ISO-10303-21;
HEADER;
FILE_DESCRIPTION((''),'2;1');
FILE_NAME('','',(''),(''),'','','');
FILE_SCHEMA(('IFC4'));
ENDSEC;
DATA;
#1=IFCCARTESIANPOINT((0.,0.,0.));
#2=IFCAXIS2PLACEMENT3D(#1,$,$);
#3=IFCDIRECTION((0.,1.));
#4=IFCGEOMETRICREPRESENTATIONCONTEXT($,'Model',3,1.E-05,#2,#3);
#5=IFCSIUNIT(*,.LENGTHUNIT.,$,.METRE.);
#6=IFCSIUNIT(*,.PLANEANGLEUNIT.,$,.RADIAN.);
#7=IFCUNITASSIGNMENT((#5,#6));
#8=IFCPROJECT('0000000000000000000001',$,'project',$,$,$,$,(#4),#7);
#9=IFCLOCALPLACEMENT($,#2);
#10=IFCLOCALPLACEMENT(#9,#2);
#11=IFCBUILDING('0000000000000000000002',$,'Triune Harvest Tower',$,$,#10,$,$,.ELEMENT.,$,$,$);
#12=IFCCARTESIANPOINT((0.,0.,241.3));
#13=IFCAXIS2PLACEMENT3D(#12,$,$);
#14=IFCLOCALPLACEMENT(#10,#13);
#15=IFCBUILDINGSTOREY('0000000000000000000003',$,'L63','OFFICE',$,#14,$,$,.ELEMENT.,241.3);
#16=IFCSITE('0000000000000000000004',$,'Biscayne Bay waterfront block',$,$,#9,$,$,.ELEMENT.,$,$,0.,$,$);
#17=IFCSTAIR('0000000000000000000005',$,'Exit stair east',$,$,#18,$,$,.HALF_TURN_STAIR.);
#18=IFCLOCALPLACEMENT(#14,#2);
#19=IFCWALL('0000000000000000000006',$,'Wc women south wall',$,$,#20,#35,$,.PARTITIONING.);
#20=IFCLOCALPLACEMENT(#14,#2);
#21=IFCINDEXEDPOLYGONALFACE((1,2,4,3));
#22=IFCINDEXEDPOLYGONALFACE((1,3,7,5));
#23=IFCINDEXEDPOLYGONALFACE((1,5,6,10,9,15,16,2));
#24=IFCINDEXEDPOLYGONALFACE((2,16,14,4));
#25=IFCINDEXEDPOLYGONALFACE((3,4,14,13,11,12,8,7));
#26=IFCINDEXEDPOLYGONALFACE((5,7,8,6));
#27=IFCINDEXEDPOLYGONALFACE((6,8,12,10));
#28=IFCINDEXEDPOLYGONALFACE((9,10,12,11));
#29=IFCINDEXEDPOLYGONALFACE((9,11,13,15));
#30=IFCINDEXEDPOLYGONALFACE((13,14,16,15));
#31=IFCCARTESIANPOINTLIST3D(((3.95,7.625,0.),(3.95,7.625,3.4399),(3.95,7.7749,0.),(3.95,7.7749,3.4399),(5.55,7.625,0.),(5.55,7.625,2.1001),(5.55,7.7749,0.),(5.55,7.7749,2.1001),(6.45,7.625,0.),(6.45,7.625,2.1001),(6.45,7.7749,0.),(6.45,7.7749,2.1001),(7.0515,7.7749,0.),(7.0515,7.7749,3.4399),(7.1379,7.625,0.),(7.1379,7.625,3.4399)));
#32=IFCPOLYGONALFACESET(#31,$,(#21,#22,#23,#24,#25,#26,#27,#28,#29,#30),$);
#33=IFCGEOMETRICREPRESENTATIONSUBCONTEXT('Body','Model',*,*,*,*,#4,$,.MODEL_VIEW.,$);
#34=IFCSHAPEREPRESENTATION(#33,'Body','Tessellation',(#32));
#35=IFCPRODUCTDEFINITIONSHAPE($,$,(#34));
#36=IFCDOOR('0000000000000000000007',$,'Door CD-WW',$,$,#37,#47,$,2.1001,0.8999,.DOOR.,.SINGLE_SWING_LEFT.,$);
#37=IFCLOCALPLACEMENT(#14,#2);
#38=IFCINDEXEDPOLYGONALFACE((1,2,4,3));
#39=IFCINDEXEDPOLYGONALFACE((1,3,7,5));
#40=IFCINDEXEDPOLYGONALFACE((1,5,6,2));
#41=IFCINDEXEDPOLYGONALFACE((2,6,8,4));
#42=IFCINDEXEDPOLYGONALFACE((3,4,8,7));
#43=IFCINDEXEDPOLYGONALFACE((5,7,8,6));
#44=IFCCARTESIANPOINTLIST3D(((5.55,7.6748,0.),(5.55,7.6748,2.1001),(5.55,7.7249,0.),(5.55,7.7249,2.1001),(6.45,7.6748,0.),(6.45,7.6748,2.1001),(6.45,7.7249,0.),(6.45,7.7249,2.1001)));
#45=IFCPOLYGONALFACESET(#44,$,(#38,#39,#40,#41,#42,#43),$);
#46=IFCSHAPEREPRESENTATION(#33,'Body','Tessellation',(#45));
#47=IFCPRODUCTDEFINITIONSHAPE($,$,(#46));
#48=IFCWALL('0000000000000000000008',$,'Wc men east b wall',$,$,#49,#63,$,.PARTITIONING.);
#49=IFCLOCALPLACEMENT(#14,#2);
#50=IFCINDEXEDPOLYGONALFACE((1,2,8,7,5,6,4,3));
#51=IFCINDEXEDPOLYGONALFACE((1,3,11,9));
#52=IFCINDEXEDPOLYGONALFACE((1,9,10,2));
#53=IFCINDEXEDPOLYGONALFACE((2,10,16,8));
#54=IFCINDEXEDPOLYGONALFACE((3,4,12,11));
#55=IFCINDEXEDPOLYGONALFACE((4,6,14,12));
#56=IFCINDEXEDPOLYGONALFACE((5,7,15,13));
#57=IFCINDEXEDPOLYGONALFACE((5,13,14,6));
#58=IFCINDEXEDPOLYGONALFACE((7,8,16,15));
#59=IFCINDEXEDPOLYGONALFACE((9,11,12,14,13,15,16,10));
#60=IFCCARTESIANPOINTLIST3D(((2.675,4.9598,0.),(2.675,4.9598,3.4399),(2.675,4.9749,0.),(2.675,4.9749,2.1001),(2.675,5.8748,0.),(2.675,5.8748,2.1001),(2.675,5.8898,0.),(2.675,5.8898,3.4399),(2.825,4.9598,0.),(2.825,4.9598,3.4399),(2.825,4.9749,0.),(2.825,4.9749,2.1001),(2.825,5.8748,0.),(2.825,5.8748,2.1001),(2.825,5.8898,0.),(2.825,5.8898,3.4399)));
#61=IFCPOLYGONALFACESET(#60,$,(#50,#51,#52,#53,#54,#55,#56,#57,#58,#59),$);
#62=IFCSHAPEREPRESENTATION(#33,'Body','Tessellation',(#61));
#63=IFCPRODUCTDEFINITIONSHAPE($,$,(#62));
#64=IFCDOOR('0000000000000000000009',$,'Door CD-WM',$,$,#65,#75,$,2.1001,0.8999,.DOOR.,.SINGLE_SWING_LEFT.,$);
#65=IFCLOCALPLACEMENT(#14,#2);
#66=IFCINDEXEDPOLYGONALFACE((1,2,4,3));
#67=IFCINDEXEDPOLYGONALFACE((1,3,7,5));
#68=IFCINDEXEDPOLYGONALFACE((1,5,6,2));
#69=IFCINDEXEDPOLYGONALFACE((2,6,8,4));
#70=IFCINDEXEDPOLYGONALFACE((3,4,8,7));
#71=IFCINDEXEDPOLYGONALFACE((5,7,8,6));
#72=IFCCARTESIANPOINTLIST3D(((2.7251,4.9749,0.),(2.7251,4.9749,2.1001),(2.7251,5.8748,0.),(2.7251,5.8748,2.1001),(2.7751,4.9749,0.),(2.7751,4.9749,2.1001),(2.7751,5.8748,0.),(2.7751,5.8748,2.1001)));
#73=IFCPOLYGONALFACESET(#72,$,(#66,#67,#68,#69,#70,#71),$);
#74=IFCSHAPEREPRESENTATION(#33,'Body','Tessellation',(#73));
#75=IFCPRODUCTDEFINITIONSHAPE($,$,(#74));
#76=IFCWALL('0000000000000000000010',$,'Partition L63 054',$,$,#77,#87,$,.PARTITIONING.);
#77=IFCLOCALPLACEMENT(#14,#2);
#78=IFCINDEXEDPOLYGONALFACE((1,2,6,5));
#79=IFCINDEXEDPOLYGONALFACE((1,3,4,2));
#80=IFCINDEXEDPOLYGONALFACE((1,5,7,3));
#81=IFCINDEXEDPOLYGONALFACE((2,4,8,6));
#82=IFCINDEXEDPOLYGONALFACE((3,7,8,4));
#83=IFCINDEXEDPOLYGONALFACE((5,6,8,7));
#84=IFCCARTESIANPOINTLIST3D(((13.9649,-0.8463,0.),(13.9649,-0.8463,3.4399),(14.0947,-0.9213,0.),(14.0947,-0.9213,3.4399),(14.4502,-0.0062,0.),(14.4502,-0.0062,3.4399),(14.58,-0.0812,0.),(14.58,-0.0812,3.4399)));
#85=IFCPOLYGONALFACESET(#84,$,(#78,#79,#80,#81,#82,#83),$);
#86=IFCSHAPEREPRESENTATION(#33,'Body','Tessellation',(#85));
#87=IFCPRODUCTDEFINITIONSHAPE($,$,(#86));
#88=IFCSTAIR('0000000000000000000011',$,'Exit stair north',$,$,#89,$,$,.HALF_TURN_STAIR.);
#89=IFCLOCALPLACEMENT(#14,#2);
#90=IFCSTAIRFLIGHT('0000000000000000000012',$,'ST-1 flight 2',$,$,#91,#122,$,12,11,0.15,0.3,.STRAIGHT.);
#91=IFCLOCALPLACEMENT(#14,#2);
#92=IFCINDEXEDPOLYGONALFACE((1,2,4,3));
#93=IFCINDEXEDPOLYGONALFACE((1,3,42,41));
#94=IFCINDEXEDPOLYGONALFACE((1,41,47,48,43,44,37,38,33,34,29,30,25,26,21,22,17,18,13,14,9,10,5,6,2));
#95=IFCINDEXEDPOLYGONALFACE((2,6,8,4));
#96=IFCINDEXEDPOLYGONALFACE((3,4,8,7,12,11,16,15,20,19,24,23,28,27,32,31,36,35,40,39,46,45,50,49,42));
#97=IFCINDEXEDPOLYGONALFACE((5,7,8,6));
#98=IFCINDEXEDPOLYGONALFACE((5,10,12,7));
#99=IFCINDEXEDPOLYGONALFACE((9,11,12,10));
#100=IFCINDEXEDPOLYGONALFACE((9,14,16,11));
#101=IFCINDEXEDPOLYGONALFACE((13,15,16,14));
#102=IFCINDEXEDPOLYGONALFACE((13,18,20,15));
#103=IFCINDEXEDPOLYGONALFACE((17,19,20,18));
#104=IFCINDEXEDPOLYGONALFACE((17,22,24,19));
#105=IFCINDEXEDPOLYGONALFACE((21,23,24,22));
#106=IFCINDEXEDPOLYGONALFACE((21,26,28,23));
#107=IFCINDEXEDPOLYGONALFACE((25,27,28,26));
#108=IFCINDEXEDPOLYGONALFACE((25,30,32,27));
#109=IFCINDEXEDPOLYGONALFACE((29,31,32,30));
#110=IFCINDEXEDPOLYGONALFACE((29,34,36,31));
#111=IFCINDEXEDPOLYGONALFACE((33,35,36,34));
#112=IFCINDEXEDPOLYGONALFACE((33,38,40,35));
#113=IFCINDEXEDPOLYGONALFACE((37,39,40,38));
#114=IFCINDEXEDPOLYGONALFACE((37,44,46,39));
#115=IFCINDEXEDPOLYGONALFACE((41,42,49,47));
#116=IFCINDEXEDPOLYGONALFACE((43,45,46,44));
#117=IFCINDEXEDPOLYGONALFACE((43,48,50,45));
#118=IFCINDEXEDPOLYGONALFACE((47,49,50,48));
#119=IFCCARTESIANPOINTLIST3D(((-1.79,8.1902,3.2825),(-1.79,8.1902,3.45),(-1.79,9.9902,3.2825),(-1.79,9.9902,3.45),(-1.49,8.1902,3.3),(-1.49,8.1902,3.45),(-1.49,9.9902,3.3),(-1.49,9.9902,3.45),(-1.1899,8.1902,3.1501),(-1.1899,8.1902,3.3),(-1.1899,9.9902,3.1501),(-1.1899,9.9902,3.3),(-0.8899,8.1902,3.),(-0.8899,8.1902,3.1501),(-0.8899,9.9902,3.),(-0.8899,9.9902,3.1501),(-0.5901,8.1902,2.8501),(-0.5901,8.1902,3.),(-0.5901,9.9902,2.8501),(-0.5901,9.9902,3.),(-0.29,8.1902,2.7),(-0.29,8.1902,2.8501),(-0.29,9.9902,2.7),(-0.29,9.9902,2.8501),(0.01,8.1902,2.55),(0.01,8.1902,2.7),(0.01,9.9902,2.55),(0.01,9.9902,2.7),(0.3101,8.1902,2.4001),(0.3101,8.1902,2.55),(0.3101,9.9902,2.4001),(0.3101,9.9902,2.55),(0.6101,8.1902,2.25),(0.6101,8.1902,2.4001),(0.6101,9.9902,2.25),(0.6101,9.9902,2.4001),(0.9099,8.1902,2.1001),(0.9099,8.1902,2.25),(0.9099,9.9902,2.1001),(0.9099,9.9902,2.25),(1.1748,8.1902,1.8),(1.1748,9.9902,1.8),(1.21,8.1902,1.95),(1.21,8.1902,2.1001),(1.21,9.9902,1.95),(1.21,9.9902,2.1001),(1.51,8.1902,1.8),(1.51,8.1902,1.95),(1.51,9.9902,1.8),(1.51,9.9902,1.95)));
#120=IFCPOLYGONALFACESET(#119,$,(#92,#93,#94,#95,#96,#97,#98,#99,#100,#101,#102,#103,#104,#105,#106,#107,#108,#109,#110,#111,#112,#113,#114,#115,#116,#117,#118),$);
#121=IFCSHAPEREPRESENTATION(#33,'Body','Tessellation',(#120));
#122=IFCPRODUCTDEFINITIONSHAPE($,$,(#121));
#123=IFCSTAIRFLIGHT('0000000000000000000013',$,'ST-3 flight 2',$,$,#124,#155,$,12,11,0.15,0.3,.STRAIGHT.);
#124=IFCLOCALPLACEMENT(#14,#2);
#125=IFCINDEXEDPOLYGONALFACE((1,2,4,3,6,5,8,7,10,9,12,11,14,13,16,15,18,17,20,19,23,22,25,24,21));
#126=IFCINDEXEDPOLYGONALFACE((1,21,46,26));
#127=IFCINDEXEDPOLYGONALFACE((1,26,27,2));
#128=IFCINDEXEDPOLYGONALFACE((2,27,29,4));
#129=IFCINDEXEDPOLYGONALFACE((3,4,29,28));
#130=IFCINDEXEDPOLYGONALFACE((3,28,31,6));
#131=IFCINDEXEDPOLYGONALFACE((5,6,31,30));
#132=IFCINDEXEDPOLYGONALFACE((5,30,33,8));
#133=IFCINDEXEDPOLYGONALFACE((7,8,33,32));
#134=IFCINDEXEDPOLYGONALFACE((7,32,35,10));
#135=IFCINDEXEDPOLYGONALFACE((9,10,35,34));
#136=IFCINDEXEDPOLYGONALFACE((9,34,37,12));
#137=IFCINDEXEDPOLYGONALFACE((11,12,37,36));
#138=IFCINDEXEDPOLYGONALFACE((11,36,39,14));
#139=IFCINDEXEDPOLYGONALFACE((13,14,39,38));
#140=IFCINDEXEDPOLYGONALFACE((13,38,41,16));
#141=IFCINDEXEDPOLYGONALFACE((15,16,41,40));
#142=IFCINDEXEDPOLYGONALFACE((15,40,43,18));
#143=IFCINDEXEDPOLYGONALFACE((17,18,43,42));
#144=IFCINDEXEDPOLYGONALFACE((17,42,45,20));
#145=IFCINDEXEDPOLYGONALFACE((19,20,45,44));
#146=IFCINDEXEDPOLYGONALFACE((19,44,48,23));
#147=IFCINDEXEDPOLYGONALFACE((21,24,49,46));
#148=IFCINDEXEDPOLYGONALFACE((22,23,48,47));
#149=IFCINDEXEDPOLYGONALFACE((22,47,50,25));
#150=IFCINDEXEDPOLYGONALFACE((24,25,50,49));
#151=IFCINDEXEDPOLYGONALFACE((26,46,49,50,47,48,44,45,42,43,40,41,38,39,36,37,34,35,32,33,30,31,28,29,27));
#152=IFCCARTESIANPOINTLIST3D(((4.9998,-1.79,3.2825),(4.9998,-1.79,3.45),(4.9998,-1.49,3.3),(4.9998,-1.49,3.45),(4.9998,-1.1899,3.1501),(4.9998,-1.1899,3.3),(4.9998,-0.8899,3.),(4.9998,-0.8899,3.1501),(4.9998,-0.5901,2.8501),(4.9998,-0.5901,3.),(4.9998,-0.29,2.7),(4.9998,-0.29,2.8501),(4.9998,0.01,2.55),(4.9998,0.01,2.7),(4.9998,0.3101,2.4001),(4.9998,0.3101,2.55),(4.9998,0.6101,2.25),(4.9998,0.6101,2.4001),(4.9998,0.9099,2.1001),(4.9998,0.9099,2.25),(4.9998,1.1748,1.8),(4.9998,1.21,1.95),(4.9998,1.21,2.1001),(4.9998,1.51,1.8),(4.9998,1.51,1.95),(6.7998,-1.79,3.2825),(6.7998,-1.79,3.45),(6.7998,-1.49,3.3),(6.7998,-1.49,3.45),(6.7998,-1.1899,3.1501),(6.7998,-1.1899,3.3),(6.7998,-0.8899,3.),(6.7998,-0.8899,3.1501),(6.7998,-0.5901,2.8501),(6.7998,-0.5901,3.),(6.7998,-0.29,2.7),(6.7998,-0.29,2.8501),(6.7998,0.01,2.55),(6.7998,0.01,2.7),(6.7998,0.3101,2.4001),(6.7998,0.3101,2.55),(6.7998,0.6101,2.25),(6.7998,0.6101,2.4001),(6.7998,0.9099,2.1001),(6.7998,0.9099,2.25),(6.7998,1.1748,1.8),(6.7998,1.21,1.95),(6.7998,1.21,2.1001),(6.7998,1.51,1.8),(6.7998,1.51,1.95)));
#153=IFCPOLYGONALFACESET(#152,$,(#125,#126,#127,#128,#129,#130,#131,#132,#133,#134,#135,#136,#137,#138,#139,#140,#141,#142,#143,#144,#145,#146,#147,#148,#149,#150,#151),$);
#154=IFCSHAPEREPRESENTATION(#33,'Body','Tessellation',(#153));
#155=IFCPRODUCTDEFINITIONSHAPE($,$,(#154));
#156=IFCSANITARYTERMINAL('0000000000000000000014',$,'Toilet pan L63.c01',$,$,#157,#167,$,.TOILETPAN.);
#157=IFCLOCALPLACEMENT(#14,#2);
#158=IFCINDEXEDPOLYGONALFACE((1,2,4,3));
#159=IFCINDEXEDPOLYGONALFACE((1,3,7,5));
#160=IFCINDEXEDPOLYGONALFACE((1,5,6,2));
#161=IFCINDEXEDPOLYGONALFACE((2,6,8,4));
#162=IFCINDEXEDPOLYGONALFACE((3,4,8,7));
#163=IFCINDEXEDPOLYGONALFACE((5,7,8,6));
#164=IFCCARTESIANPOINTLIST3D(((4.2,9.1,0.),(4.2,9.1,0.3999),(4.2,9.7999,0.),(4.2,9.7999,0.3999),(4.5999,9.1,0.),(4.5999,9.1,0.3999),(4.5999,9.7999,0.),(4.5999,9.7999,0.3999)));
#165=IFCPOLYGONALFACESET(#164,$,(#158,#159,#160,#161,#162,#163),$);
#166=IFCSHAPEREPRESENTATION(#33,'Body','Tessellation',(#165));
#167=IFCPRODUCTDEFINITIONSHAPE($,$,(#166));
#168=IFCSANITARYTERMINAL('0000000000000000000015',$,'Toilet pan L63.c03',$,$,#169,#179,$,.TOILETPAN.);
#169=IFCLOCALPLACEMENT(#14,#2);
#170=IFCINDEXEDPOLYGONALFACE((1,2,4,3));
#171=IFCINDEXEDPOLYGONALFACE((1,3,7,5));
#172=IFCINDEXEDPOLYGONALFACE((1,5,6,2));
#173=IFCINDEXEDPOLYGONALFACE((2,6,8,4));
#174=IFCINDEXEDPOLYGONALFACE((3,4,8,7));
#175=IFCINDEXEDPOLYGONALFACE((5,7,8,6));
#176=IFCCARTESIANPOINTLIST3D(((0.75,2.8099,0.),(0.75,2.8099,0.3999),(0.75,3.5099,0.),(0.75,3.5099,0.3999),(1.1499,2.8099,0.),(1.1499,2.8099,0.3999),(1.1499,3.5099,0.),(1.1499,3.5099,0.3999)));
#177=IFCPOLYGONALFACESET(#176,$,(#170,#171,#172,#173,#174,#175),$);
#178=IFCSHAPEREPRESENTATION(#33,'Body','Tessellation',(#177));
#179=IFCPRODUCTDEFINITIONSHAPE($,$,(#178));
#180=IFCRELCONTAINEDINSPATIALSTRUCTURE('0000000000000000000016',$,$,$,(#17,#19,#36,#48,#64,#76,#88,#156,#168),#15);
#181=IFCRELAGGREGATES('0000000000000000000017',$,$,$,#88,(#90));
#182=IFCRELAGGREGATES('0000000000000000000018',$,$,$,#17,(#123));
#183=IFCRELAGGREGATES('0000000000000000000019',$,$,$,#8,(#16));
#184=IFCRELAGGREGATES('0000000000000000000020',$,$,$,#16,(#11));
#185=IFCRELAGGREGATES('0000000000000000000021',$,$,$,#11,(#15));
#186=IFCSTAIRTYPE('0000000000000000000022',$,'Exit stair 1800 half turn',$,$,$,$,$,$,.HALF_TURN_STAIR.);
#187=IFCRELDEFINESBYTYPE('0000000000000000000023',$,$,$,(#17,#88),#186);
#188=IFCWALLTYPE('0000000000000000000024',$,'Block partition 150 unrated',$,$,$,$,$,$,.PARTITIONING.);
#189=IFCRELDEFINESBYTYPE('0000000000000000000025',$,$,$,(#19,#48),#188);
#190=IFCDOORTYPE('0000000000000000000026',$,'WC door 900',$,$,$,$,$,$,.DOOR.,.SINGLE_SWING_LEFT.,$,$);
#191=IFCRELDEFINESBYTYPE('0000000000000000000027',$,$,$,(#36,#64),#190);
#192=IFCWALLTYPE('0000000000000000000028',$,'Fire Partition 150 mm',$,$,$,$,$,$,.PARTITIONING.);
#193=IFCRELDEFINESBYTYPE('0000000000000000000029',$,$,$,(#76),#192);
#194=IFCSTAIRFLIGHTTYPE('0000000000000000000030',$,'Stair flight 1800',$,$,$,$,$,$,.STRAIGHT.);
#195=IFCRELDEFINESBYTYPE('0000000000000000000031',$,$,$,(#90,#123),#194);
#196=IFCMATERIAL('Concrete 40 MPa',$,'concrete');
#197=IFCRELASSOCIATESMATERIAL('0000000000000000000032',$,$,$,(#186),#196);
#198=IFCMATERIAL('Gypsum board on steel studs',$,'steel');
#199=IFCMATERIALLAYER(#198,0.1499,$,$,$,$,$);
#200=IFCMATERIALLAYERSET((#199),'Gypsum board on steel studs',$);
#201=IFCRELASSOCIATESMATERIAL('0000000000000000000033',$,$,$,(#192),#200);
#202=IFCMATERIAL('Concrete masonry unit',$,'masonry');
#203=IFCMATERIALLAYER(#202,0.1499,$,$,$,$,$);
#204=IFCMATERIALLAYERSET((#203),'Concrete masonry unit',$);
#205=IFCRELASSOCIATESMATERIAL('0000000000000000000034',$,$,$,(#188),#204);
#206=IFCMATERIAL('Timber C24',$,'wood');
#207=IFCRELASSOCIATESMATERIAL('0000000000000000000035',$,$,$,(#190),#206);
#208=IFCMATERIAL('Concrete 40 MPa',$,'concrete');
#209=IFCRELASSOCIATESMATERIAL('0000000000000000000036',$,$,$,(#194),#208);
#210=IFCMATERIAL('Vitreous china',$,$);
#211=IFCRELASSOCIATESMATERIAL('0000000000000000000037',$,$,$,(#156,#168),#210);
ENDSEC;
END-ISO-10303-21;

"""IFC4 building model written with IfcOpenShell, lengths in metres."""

from ifc_helpers import new_model, si_unit, direction, frame, frame_2d, origin, origin_2d, place, context, subcontext, project, spatial, polyline, rectangle, outline, extrude, source, transform, mapped, material, layer, layer_set, type_object, element, fill, aggregate, save


model = new_model("IFC4")

# Units and contexts
model_context = context("Model", 3, precision=1e-05, world=origin(), true_north=direction((0.0, 1.0)))
body_context = subcontext(model_context, "Body", "Model", "MODEL_VIEW")
ifc_project = project(units=[si_unit("LENGTHUNIT", "METRE"), si_unit("PLANEANGLEUNIT", "RADIAN")], contexts=[model_context])

# Site, building, storey
site_placement = place(None, origin())
site = spatial("IfcSite", under=ifc_project, at=site_placement, Name="Biscayne Bay waterfront block", CompositionType="ELEMENT", RefElevation=0.0)
building_placement = place(site_placement, origin())
building = spatial("IfcBuilding", under=site, at=building_placement, Name="Triune Harvest Tower", CompositionType="ELEMENT")
storey_placement = place(building_placement, frame((0.0, 0.0, 241.3)))
storey = spatial("IfcBuildingStorey", under=building, at=storey_placement, Name="L63", Description="OFFICE", CompositionType="ELEMENT", Elevation=241.3)

# Stair
ifc_material_1 = material(Name="Concrete 40 MPa", Category="concrete")
stair_type = type_object("IfcStairType", Name="Exit stair 1800 half turn", PredefinedType="HALF_TURN_STAIR", material=ifc_material_1)
stair_1_placement = place(storey_placement, origin())
stair_1 = element("IfcStair", 1, at=stair_1_placement, inside=storey, type_object=stair_type, Name="Exit stair east", PredefinedType="HALF_TURN_STAIR")

# Shared definitions
ifc_material_2 = material(Name="Gypsum board on steel studs", Category="steel")
ifc_layer_1 = layer(ifc_material_2, 0.1499)
ifc_layer_set_1 = layer_set([ifc_layer_1], Name="Gypsum board on steel studs")
wall_type_1 = type_object("IfcWallType", Name="Fire Partition 150 mm", PredefinedType="PARTITIONING", material=ifc_layer_set_1)

# Walls, openings, doors
ifc_material_3 = material(Name="Concrete masonry unit", Category="masonry")
ifc_layer_2 = layer(ifc_material_3, 0.1499)
ifc_layer_set_2 = layer_set([ifc_layer_2], Name="Concrete masonry unit")
wall_type_2 = type_object("IfcWallType", Name="Block partition 150 unrated", PredefinedType="PARTITIONING", material=ifc_layer_set_2)
shared_shape_1 = source(origin(), body_context, "Body", "SweptSolid", [
    extrude(outline(polyline([(0.0, -0.075), (0.0, 0.075), (3.1016, 0.075), (3.188, -0.075), (0.0, -0.075)])), origin(), (0.0, 0.0, 1.0), 3.4399),
])
wall_1_placement = place(storey_placement, frame((3.95, 7.7, 0.0), z_axis=(0.0, 0.0, 1.0), x_axis=(1.0, 0.0, 0.0)))
wall_1 = element("IfcWall", 2, at=wall_1_placement, inside=storey, type_object=wall_type_2, Name="Wc women south wall", PredefinedType="PARTITIONING", context=body_context, shape_type="MappedRepresentation", body=[
    mapped(shared_shape_1, transform((0.0, 0.0, 0.0), scale=1.0)),
])
opening_1_placement = place(wall_1_placement, frame((1.6001, 0.0, 0.0)))
opening_1 = element("IfcOpeningElement", 3, at=opening_1_placement, cuts=wall_1, PredefinedType="OPENING", context=body_context, shape_type="SweptSolid", body=[
    extrude(rectangle(XDim=0.8999, YDim=2.1001, at=frame_2d((0.45, 1.05))), frame((0.0, 0.085, 0.0), z_axis=(0.0, -1.0, 0.0), x_axis=(1.0, 0.0, 0.0)), (0.0, 0.0, 1.0), 0.1699),
])
ifc_material_4 = material(Name="Timber C24", Category="wood")
door_type_1 = type_object("IfcDoorType", Name="WC door 900", OperationType="SINGLE_SWING_LEFT", PredefinedType="DOOR", material=ifc_material_4)
door_1_placement = place(opening_1_placement, origin())
door_1 = element("IfcDoor", 4, at=door_1_placement, inside=storey, type_object=door_type_1, Name="Door CD-WW", OperationType="SINGLE_SWING_LEFT", OverallHeight=2.1001, OverallWidth=0.8999, PredefinedType="DOOR", context=body_context, shape_type="SweptSolid", body=[
    extrude(rectangle(XDim=0.8999, YDim=2.1001, at=frame_2d((0.45, 1.05))), frame((0.0, 0.0249, 0.0), z_axis=(0.0, -1.0, 0.0), x_axis=(1.0, 0.0, 0.0)), (0.0, 0.0, 1.0), 0.05),
])
fill(opening_1, door_1)
shared_shape_2 = source(origin(), body_context, "Body", "SweptSolid", [
    extrude(rectangle(XDim=0.9299, YDim=0.1499, at=frame_2d((0.4648, 0.0))), origin(), (0.0, 0.0, 1.0), 3.4399),
])
wall_2_placement = place(storey_placement, frame((2.75, 4.96, 0.0), z_axis=(0.0, 0.0, 1.0), x_axis=(0.0, 1.0, 0.0)))
wall_2 = element("IfcWall", 5, at=wall_2_placement, inside=storey, type_object=wall_type_2, Name="Wc men east b wall", PredefinedType="PARTITIONING", context=body_context, shape_type="MappedRepresentation", body=[
    mapped(shared_shape_2, transform((0.0, 0.0, 0.0), scale=1.0)),
])
opening_2_placement = place(wall_2_placement, frame((0.0149, 0.0, 0.0)))
opening_2 = element("IfcOpeningElement", 6, at=opening_2_placement, cuts=wall_2, PredefinedType="OPENING", context=body_context, shape_type="SweptSolid", body=[
    extrude(rectangle(XDim=0.8999, YDim=2.1001, at=frame_2d((0.45, 1.05))), frame((0.0, 0.085, 0.0), z_axis=(0.0, -1.0, 0.0), x_axis=(1.0, 0.0, 0.0)), (0.0, 0.0, 1.0), 0.1699),
])
door_2_placement = place(opening_2_placement, origin())
door_2 = element("IfcDoor", 7, at=door_2_placement, inside=storey, type_object=door_type_1, Name="Door CD-WM", OperationType="SINGLE_SWING_LEFT", OverallHeight=2.1001, OverallWidth=0.8999, PredefinedType="DOOR", context=body_context, shape_type="SweptSolid", body=[
    extrude(rectangle(XDim=0.8999, YDim=2.1001, at=frame_2d((0.45, 1.05))), frame((0.0, 0.0249, 0.0), z_axis=(0.0, -1.0, 0.0), x_axis=(1.0, 0.0, 0.0)), (0.0, 0.0, 1.0), 0.05),
])
fill(opening_2, door_2)

# Wall
shared_shape_3 = source(origin(), body_context, "Body", "SweptSolid", [
    extrude(rectangle(XDim=0.9702, YDim=0.1499, at=frame_2d((0.4851, 0.0))), origin(), (0.0, 0.0, 1.0), 3.4399),
])
wall_3_placement = place(storey_placement, frame((14.0298, -0.8838, 0.0), z_axis=(0.0, 0.0, 1.0), x_axis=(0.500252, 0.86588, 0.0)))
element("IfcWall", 8, at=wall_3_placement, inside=storey, type_object=wall_type_1, Name="Partition L63 054", PredefinedType="PARTITIONING", context=body_context, shape_type="MappedRepresentation", body=[
    mapped(shared_shape_3, transform((0.0, 0.0, 0.0), scale=1.0)),
])

# Stair, stair flight
stair_2_placement = place(storey_placement, origin())
stair_2 = element("IfcStair", 9, at=stair_2_placement, inside=storey, type_object=stair_type, Name="Exit stair north", PredefinedType="HALF_TURN_STAIR")
ifc_material_5 = material(Name="Concrete 40 MPa", Category="concrete")
stair_flight_type = type_object("IfcStairFlightType", Name="Stair flight 1800", PredefinedType="STRAIGHT", material=ifc_material_5)
shared_shape_4 = source(origin(), body_context, "Body", "SweptSolid", [
    extrude(outline(polyline([(0.0, 0.0), (0.0, 0.1499), (0.3, 0.1499), (0.3, 0.3), (0.6001, 0.3), (0.6001, 0.45), (0.8999, 0.45), (0.8999, 0.6001), (1.2, 0.6001), (1.2, 0.75), (1.5, 0.75), (1.5, 0.8999), (1.8, 0.8999), (1.8, 1.05), (2.1001, 1.05), (2.1001, 1.2), (2.3999, 1.2), (2.3999, 1.3501), (2.7, 1.3501), (2.7, 1.5), (3.0, 1.5), (3.0, 1.6499), (3.3, 1.6499), (3.3, 1.8), (3.3, 1.4824), (0.3352, 0.0), (0.0, 0.0)])), frame((0.0, 0.8999, 0.0), z_axis=(0.0, -1.0, 0.0), x_axis=(1.0, 0.0, 0.0)), (0.0, 0.0, 1.0), 1.8),
])
stair_flight_1_placement = place(storey_placement, frame((1.51, 9.0901, 1.8), z_axis=(0.0, 0.0, 1.0), x_axis=(-1.0, 0.0, 0.0)))
stair_flight_1 = element("IfcStairFlight", 10, at=stair_flight_1_placement, type_object=stair_flight_type, Name="ST-1 flight 2", NumberOfRisers=12, NumberOfTreads=11, PredefinedType="STRAIGHT", RiserHeight=0.15, TreadLength=0.3, context=body_context, shape_type="MappedRepresentation", body=[
    mapped(shared_shape_4, transform((0.0, 0.0, 0.0), scale=1.0)),
])
aggregate(stair_2, [stair_flight_1])

# Stair flight
stair_flight_2_placement = place(storey_placement, frame((5.8999, 1.51, 1.8), z_axis=(0.0, 0.0, 1.0), x_axis=(0.0, -1.0, 0.0)))
stair_flight_2 = element("IfcStairFlight", 11, at=stair_flight_2_placement, type_object=stair_flight_type, Name="ST-3 flight 2", NumberOfRisers=12, NumberOfTreads=11, PredefinedType="STRAIGHT", RiserHeight=0.15, TreadLength=0.3, context=body_context, shape_type="MappedRepresentation", body=[
    mapped(shared_shape_4, transform((0.0, 0.0, 0.0), scale=1.0)),
])
aggregate(stair_1, [stair_flight_2])

# Sanitary terminals
ifc_material_6 = material(Name="Vitreous china")
shared_shape_5 = source(origin(), body_context, "Body", "SweptSolid", [
    extrude(rectangle(XDim=0.3999, YDim=0.7, at=origin_2d()), origin(), (0.0, 0.0, 1.0), 0.3999),
])
for number, where, z_axis, x_axis, name in (
    (12, (4.3999, 9.45, 0.0), (0.0, 0.0, 1.0), (1.0, 0.0, 0.0), "Toilet pan L63.c01"),
    (13, (0.95, 3.1599, 0.0), (0.0, 0.0, 1.0), (-1.0, 0.0, 0.0), "Toilet pan L63.c03"),
):
    element("IfcSanitaryTerminal", number, at=place(storey_placement, frame(where, z_axis=z_axis, x_axis=x_axis)), inside=storey, material=ifc_material_6, Name=name, PredefinedType="TOILETPAN", context=body_context, shape_type="MappedRepresentation", body=[
        mapped(shared_shape_5, transform((0.0, 0.0, 0.0), scale=1.0)),
    ])

save(model, "model.ifc")
